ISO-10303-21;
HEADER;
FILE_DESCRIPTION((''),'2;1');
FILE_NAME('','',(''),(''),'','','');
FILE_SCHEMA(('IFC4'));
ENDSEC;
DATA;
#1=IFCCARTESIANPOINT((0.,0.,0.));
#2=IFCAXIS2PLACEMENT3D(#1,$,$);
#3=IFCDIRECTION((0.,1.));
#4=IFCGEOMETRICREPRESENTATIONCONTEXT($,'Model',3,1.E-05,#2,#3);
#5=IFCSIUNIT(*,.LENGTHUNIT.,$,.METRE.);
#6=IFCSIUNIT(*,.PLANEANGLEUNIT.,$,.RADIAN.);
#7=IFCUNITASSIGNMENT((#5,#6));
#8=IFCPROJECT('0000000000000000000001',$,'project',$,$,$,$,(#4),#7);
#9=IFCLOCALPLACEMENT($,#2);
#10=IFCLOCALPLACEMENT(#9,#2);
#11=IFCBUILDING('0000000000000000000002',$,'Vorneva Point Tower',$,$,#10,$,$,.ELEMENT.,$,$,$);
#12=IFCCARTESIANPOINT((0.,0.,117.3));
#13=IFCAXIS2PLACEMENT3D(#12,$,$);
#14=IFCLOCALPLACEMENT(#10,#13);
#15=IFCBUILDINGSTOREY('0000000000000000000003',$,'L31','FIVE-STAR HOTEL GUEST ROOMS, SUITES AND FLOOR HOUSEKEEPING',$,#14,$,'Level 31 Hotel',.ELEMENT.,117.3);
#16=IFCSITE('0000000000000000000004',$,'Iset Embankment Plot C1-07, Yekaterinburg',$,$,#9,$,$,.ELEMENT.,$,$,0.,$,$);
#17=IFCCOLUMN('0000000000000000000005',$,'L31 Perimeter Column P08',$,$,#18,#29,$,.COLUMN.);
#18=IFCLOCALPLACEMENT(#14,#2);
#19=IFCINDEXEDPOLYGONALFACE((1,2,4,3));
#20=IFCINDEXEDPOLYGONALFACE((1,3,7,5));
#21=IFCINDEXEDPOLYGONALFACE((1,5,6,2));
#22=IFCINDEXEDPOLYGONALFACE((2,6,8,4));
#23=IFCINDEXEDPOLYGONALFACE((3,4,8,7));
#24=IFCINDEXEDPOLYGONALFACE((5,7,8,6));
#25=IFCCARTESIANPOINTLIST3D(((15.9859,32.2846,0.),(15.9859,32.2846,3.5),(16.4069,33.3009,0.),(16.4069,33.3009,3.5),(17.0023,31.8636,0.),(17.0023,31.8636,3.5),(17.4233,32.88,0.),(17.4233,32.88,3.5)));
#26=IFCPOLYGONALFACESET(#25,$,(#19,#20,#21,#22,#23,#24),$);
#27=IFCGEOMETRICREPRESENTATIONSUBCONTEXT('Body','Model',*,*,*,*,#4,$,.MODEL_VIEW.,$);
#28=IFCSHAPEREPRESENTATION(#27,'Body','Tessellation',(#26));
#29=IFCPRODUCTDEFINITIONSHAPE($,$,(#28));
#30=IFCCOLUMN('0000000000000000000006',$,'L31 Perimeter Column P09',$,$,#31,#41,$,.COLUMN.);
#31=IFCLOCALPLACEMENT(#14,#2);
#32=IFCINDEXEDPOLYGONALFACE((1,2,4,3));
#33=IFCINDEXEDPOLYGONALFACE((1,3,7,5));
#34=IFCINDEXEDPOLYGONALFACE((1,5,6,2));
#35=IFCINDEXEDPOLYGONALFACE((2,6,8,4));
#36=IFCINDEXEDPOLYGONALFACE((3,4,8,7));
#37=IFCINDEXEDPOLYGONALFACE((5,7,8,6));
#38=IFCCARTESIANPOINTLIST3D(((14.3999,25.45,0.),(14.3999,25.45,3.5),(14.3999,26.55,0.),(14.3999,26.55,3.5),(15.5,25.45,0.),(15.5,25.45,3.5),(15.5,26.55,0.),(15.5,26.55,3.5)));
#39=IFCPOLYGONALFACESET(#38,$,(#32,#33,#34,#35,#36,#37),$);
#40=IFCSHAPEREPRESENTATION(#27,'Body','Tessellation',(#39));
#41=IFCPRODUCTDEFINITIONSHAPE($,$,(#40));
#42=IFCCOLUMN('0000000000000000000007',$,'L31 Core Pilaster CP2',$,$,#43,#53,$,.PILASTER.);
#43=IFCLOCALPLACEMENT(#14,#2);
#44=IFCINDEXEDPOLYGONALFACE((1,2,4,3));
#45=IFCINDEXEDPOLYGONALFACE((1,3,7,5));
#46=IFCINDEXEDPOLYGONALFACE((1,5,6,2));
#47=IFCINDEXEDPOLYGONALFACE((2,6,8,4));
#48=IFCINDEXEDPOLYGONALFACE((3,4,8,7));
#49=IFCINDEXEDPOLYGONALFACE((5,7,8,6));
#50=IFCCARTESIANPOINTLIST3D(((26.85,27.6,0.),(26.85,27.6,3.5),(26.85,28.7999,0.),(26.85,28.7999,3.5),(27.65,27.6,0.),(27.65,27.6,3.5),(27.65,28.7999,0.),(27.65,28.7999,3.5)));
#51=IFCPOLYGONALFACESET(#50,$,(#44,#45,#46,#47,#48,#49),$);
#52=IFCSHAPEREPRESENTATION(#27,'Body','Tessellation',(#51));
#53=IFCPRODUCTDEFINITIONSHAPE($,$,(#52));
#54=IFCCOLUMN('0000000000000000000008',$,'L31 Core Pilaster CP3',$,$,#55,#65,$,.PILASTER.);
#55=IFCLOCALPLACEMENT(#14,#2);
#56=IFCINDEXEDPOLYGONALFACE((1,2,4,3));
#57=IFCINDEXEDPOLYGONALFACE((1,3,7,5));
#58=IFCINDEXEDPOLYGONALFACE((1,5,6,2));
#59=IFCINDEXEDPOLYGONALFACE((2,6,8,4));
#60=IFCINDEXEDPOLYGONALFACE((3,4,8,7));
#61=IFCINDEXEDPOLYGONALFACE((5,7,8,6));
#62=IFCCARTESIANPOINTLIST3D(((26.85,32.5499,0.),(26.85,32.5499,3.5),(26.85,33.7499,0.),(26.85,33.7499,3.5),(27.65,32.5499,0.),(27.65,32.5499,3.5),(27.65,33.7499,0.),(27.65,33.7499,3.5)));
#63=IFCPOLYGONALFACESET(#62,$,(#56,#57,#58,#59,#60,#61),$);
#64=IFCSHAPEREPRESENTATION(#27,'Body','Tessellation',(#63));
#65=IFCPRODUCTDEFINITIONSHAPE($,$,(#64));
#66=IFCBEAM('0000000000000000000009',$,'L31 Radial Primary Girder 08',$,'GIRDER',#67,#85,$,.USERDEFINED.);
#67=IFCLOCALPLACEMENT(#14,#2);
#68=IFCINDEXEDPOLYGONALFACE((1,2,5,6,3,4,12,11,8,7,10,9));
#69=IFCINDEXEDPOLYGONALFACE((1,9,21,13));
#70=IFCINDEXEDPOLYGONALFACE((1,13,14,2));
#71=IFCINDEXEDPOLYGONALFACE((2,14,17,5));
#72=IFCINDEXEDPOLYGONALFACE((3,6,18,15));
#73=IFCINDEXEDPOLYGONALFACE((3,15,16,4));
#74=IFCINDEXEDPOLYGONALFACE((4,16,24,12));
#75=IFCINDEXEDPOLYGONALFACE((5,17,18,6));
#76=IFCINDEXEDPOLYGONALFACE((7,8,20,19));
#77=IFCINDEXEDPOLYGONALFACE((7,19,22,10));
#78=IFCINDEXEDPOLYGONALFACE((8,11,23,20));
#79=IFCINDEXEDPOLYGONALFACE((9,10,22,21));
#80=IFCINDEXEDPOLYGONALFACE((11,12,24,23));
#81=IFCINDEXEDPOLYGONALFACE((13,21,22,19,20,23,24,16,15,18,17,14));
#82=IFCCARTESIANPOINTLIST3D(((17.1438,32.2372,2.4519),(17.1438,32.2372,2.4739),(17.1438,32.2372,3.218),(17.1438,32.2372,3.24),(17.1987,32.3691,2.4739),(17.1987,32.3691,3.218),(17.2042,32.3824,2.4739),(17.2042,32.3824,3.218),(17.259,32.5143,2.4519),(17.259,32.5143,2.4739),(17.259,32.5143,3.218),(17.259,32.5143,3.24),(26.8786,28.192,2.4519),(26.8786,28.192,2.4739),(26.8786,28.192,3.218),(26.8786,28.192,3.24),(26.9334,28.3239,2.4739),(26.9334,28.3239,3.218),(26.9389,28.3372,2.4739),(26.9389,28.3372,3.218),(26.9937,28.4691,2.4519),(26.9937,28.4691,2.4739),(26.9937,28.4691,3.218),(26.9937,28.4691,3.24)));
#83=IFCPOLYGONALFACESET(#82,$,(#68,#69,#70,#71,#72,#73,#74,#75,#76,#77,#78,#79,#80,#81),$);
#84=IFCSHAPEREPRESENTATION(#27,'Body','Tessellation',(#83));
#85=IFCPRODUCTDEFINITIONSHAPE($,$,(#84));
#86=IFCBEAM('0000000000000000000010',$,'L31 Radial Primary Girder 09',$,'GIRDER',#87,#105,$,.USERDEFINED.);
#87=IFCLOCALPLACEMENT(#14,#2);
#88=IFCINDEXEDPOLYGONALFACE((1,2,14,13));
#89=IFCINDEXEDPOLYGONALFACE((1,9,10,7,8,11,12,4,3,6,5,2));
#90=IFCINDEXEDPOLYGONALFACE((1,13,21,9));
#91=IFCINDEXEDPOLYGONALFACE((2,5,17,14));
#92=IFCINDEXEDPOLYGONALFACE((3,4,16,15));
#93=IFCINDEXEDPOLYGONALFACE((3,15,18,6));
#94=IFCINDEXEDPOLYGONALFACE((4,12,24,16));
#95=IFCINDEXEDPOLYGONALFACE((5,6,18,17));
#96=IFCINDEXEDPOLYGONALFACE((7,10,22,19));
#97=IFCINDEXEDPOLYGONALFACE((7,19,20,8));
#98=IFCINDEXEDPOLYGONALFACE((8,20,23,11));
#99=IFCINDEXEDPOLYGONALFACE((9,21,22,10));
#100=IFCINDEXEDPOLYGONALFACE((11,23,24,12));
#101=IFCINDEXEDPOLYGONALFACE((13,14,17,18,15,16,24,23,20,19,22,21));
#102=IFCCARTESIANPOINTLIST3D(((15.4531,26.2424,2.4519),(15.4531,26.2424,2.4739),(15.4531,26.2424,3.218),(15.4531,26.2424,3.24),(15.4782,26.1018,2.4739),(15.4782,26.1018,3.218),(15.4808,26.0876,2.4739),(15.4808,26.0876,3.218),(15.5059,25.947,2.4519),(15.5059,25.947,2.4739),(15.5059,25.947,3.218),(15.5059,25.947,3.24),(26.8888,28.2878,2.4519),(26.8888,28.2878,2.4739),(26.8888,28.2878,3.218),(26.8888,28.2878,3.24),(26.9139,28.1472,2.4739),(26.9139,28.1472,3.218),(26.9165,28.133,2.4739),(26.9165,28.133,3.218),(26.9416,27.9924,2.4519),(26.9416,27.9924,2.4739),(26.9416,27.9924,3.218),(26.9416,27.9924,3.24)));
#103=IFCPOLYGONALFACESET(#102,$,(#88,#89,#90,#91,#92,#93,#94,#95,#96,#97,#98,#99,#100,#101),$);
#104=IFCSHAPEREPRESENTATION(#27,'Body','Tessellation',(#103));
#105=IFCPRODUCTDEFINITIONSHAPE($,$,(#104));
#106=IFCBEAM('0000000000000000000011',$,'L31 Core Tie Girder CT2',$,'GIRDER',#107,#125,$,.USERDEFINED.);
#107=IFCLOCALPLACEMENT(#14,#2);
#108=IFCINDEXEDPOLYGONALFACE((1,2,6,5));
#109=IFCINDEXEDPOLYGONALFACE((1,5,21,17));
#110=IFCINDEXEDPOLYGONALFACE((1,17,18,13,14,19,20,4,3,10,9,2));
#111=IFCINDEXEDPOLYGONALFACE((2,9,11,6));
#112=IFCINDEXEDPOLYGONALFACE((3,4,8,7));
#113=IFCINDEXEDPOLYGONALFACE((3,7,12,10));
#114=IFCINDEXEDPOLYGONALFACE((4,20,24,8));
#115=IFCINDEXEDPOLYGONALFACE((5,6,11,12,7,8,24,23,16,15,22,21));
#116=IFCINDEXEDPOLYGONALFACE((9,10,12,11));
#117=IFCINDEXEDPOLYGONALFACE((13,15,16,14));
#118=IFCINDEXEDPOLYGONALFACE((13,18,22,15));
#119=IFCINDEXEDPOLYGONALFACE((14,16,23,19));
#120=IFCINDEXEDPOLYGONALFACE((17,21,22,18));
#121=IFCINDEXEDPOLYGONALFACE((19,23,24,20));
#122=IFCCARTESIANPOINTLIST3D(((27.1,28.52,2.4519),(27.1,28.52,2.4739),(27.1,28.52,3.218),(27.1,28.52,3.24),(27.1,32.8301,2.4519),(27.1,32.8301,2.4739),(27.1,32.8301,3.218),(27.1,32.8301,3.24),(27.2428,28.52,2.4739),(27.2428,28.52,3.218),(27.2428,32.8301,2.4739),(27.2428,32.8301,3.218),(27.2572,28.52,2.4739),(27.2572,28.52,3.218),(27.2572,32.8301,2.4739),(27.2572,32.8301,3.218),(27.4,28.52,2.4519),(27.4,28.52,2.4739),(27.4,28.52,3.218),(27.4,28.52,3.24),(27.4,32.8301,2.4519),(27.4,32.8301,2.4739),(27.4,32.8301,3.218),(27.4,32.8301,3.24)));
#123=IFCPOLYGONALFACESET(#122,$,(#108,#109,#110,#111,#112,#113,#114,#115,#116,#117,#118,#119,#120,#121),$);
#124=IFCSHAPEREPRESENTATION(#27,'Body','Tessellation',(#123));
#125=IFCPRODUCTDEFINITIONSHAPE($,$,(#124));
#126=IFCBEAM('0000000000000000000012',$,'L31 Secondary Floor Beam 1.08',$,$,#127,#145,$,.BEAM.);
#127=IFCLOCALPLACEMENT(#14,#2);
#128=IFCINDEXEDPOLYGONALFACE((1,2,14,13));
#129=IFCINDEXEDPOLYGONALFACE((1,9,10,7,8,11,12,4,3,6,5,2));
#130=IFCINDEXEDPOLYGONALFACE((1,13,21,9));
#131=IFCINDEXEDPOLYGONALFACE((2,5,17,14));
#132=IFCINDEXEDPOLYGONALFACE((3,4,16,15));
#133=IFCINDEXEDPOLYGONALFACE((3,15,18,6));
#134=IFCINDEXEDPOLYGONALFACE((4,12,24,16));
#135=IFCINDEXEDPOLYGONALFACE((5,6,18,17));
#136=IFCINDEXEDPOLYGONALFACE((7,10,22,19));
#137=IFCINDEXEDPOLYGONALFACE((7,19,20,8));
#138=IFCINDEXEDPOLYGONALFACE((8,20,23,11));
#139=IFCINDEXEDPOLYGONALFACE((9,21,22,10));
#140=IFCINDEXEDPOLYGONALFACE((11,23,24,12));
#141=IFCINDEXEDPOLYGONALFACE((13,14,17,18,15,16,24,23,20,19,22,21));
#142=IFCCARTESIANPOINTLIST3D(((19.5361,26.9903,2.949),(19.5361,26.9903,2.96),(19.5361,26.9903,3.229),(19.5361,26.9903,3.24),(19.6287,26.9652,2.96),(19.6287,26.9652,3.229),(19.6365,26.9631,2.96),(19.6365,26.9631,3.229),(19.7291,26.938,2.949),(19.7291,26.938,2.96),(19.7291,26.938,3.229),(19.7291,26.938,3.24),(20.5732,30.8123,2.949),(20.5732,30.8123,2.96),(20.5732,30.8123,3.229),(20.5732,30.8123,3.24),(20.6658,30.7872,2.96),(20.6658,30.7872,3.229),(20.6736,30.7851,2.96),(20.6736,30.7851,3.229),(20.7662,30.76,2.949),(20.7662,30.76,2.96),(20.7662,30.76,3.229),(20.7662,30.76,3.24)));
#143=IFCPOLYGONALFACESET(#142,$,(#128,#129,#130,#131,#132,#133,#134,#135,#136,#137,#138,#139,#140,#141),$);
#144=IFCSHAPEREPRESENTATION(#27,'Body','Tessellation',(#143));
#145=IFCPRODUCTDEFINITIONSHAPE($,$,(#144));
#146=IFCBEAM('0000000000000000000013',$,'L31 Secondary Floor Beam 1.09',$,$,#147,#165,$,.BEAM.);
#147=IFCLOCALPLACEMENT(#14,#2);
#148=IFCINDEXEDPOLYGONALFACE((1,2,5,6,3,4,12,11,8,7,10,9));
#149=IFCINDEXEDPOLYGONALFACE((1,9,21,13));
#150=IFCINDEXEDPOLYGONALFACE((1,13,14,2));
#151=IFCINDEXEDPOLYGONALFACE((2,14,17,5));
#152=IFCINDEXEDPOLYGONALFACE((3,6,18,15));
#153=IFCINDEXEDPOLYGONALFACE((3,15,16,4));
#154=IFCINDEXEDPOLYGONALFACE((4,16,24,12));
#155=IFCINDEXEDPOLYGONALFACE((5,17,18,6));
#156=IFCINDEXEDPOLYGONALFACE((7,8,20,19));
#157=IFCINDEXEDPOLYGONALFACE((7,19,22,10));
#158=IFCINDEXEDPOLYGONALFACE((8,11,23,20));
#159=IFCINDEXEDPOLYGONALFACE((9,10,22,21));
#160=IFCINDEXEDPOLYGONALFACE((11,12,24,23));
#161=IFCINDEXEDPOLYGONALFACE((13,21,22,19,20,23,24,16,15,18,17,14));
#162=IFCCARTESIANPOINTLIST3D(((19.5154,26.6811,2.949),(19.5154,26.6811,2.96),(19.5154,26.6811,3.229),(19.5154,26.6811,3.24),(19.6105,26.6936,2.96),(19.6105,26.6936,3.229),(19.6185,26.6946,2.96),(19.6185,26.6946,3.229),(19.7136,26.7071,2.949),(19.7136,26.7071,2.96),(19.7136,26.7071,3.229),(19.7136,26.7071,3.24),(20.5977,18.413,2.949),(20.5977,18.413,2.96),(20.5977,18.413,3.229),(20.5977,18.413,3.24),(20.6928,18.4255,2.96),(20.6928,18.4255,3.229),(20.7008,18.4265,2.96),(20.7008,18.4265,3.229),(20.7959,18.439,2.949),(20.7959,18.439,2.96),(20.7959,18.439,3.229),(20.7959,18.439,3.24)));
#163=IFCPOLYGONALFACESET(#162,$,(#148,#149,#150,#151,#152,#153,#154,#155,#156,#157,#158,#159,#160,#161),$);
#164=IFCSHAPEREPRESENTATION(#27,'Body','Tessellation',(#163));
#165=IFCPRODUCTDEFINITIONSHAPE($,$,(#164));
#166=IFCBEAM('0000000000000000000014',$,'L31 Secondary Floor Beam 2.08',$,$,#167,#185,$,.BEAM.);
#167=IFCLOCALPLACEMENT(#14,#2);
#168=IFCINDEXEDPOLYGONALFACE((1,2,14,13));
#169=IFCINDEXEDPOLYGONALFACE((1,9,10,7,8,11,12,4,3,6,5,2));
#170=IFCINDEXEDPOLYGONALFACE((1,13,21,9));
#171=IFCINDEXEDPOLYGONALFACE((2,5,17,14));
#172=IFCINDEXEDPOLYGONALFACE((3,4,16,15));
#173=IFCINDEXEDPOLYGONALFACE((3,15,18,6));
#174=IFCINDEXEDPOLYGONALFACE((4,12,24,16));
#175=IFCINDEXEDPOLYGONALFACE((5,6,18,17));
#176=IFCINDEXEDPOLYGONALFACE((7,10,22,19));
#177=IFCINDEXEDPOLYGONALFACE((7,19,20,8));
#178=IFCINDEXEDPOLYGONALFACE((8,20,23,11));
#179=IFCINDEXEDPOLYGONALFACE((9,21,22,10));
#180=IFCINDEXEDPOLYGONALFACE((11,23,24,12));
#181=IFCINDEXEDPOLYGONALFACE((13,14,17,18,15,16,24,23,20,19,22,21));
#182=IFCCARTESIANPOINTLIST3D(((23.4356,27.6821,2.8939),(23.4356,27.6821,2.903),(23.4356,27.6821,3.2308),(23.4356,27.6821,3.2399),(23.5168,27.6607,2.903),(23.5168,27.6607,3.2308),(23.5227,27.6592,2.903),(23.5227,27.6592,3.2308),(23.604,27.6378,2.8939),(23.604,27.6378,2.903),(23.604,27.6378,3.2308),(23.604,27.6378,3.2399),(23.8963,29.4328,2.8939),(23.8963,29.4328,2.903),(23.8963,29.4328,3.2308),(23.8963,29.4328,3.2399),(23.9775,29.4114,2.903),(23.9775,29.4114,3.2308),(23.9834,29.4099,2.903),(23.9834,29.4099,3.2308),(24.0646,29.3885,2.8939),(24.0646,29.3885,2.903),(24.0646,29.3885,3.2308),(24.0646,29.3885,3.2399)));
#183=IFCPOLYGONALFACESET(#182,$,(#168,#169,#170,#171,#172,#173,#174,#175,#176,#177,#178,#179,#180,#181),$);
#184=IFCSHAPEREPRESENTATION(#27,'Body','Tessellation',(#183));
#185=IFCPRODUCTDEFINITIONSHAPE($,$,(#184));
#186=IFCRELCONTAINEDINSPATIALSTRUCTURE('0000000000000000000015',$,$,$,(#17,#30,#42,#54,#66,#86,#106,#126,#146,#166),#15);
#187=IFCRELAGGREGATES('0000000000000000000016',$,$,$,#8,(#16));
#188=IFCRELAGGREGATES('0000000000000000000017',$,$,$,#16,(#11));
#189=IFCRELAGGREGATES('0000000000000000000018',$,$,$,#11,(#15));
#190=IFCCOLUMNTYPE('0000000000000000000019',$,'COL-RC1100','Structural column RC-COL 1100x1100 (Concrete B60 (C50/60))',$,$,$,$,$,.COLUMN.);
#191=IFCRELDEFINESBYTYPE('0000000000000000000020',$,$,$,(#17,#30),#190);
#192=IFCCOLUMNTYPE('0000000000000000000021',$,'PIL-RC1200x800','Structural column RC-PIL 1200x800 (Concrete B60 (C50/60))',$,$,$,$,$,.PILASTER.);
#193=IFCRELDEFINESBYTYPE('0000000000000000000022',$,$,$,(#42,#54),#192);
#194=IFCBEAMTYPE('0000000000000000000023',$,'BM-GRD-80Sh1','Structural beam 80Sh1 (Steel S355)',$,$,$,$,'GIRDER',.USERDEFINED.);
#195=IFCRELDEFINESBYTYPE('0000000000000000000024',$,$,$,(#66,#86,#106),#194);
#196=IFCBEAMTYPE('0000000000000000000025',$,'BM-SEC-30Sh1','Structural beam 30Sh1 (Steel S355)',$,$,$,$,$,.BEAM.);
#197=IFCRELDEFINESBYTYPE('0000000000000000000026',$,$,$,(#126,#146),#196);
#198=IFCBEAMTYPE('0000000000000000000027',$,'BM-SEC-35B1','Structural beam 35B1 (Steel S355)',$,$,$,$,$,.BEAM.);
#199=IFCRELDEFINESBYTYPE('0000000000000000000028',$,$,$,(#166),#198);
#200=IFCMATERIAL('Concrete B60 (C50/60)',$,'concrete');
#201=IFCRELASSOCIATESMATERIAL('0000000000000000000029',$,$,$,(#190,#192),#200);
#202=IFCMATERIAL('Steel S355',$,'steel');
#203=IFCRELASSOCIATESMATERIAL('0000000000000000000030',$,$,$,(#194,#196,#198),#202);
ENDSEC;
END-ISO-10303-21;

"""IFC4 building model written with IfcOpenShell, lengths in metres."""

from ifc_helpers import new_model, si_unit, direction, frame, origin, origin_2d, place, context, subcontext, project, spatial, rectangle, i_section, extrude, material, material_profile, profile_set, type_object, element, save


model = new_model("IFC4")

# Units and contexts
model_context = context("Model", 3, precision=1e-05, world=origin(), true_north=direction((0.0, 1.0)))
body_context = subcontext(model_context, "Body", "Model", "MODEL_VIEW")
ifc_project = project(units=[si_unit("LENGTHUNIT", "METRE"), si_unit("PLANEANGLEUNIT", "RADIAN")], contexts=[model_context])

# Site, building, storey
site_placement = place(None, origin())
site = spatial("IfcSite", under=ifc_project, at=site_placement, Name="Iset Embankment Plot C1-07, Yekaterinburg", CompositionType="ELEMENT", RefElevation=0.0)
building_placement = place(site_placement, origin())
building = spatial("IfcBuilding", under=site, at=building_placement, Name="Vorneva Point Tower", CompositionType="ELEMENT")
storey_placement = place(building_placement, frame((0.0, 0.0, 117.3)))
storey = spatial("IfcBuildingStorey", under=building, at=storey_placement, Name="L31", Description="FIVE-STAR HOTEL GUEST ROOMS, SUITES AND FLOOR HOUSEKEEPING", LongName="Level 31 Hotel", CompositionType="ELEMENT", Elevation=117.3)

# Columns
ifc_material_1 = material(Name="Concrete B60 (C50/60)", Category="concrete")
ifc_material_profile_1 = material_profile(ifc_material_1, rectangle(XDim=1.1001, YDim=1.1001, at=origin_2d()), Name="RC-COL 1100x1100")
ifc_profile_set_1 = profile_set([ifc_material_profile_1], Name="Concrete B60 (C50/60)")
column_type_1 = type_object("IfcColumnType", Name="COL-RC1100", Description="Structural column RC-COL 1100x1100 (Concrete B60 (C50/60))", PredefinedType="COLUMN", material=ifc_profile_set_1)
for number, where, z_axis, x_axis, name in (
    (1, (16.7046, 32.5823, 0.0), (0.0, 0.0, 1.0), (-0.92388, 0.382683, 0.0), "L31 Perimeter Column P08"),
    (2, (14.95, 26.0, 0.0), (0.0, 0.0, 1.0), (-1.0, 0.0, 0.0), "L31 Perimeter Column P09"),
):
    element("IfcColumn", number, at=place(storey_placement, frame(where, z_axis=z_axis, x_axis=x_axis)), inside=storey, type_object=column_type_1, Name=name, PredefinedType="COLUMN", context=body_context, shape_type="SweptSolid", body=[
        extrude(rectangle(XDim=1.1001, YDim=1.1001, at=origin_2d()), origin(), (0.0, 0.0, 1.0), 3.5),
    ])
ifc_material_profile_2 = material_profile(ifc_material_1, rectangle(XDim=0.8, YDim=1.2, at=origin_2d()), Name="RC-PIL 1200x800")
ifc_profile_set_2 = profile_set([ifc_material_profile_2], Name="Concrete B60 (C50/60)")
column_type_2 = type_object("IfcColumnType", Name="PIL-RC1200x800", Description="Structural column RC-PIL 1200x800 (Concrete B60 (C50/60))", PredefinedType="PILASTER", material=ifc_profile_set_2)
for number, where, z_axis, x_axis, name in (
    (3, (27.25, 28.2, 0.0), (0.0, 0.0, 1.0), (1.0, 0.0, 0.0), "L31 Core Pilaster CP2"),
    (4, (27.25, 33.1499, 0.0), (0.0, 0.0, 1.0), (1.0, 0.0, 0.0), "L31 Core Pilaster CP3"),
):
    element("IfcColumn", number, at=place(storey_placement, frame(where, z_axis=z_axis, x_axis=x_axis)), inside=storey, type_object=column_type_2, Name=name, PredefinedType="PILASTER", context=body_context, shape_type="SweptSolid", body=[
        extrude(rectangle(XDim=0.8, YDim=1.2, at=origin_2d()), origin(), (0.0, 0.0, 1.0), 3.5),
    ])

# Beams
ifc_material_2 = material(Name="Steel S355", Category="steel")
ifc_material_profile_3 = material_profile(ifc_material_2, i_section(OverallWidth=0.3, OverallDepth=0.7881, WebThickness=0.0144, FlangeThickness=0.022, at=origin_2d()), Name="80Sh1")
ifc_profile_set_3 = profile_set([ifc_material_profile_3], Name="Steel S355")
beam_type_1 = type_object("IfcBeamType", Name="BM-GRD-80Sh1", Description="Structural beam 80Sh1 (Steel S355)", ElementType="GIRDER", PredefinedType="USERDEFINED", material=ifc_profile_set_3)
beam_1_placement = place(storey_placement, frame((17.2014, 32.3757, 2.8459), z_axis=(0.923444, -0.383732, 0.0), x_axis=(0.383732, 0.923444, 0.0)))
element("IfcBeam", 5, at=beam_1_placement, inside=storey, type_object=beam_type_1, Name="L31 Radial Primary Girder 08", ObjectType="GIRDER", PredefinedType="USERDEFINED", context=body_context, shape_type="SweptSolid", body=[
    extrude(i_section(OverallWidth=0.3, OverallDepth=0.7881, WebThickness=0.0144, FlangeThickness=0.022, at=origin_2d()), origin(), (0.0, 0.0, 1.0), 10.5417),
])
beam_2_placement = place(storey_placement, frame((15.4795, 26.0947, 2.8459), z_axis=(0.984378, 0.176066, 0.0), x_axis=(-0.176066, 0.984378, 0.0)))
element("IfcBeam", 6, at=beam_2_placement, inside=storey, type_object=beam_type_1, Name="L31 Radial Primary Girder 09", ObjectType="GIRDER", PredefinedType="USERDEFINED", context=body_context, shape_type="SweptSolid", body=[
    extrude(i_section(OverallWidth=0.3, OverallDepth=0.7881, WebThickness=0.0144, FlangeThickness=0.022, at=origin_2d()), origin(), (0.0, 0.0, 1.0), 11.6172),
])
beam_3_placement = place(storey_placement, frame((27.25, 28.52, 2.8459), z_axis=(0.0, 1.0, 0.0), x_axis=(-1.0, 0.0, 0.0)))
element("IfcBeam", 7, at=beam_3_placement, inside=storey, type_object=beam_type_1, Name="L31 Core Tie Girder CT2", ObjectType="GIRDER", PredefinedType="USERDEFINED", context=body_context, shape_type="SweptSolid", body=[
    extrude(i_section(OverallWidth=0.3, OverallDepth=0.7881, WebThickness=0.0144, FlangeThickness=0.022, at=origin_2d()), origin(), (0.0, 0.0, 1.0), 4.3101),
])
ifc_material_profile_4 = material_profile(ifc_material_2, i_section(OverallWidth=0.2, OverallDepth=0.291, WebThickness=0.0081, FlangeThickness=0.011, at=origin_2d()), Name="30Sh1")
ifc_profile_set_4 = profile_set([ifc_material_profile_4], Name="Steel S355")
beam_type_2 = type_object("IfcBeamType", Name="BM-SEC-30Sh1", Description="Structural beam 30Sh1 (Steel S355)", PredefinedType="BEAM", material=ifc_profile_set_4)
beam_4_placement = place(storey_placement, frame((20.6697, 30.7861, 3.0945), z_axis=(-0.261881, -0.9651, 0.0), x_axis=(0.9651, -0.261881, 0.0)))
element("IfcBeam", 8, at=beam_4_placement, inside=storey, type_object=beam_type_2, Name="L31 Secondary Floor Beam 1.08", PredefinedType="BEAM", context=body_context, shape_type="SweptSolid", body=[
    extrude(i_section(OverallWidth=0.2, OverallDepth=0.291, WebThickness=0.0081, FlangeThickness=0.011, at=origin_2d()), origin(), (0.0, 0.0, 1.0), 3.9602),
])
beam_5_placement = place(storey_placement, frame((19.6145, 26.6941, 3.0945), z_axis=(0.129791, -0.991541, 0.0), x_axis=(0.991541, 0.129791, 0.0)))
element("IfcBeam", 9, at=beam_5_placement, inside=storey, type_object=beam_type_2, Name="L31 Secondary Floor Beam 1.09", PredefinedType="BEAM", context=body_context, shape_type="SweptSolid", body=[
    extrude(i_section(OverallWidth=0.2, OverallDepth=0.291, WebThickness=0.0081, FlangeThickness=0.011, at=origin_2d()), origin(), (0.0, 0.0, 1.0), 8.3386),
])
ifc_material_profile_5 = material_profile(ifc_material_2, i_section(OverallWidth=0.1741, OverallDepth=0.3459, WebThickness=0.0061, FlangeThickness=0.009, at=origin_2d()), Name="35B1")
ifc_profile_set_5 = profile_set([ifc_material_profile_5], Name="Steel S355")
beam_type_3 = type_object("IfcBeamType", Name="BM-SEC-35B1", Description="Structural beam 35B1 (Steel S355)", PredefinedType="BEAM", material=ifc_profile_set_5)
beam_6_placement = place(storey_placement, frame((23.9805, 29.4106, 3.0669), z_axis=(-0.25448, -0.967078, 0.0), x_axis=(0.967078, -0.25448, 0.0)))
element("IfcBeam", 10, at=beam_6_placement, inside=storey, type_object=beam_type_3, Name="L31 Secondary Floor Beam 2.08", PredefinedType="BEAM", context=body_context, shape_type="SweptSolid", body=[
    extrude(i_section(OverallWidth=0.1741, OverallDepth=0.3459, WebThickness=0.0061, FlangeThickness=0.009, at=origin_2d()), origin(), (0.0, 0.0, 1.0), 1.8103),
])

save(model, "model.ifc")
